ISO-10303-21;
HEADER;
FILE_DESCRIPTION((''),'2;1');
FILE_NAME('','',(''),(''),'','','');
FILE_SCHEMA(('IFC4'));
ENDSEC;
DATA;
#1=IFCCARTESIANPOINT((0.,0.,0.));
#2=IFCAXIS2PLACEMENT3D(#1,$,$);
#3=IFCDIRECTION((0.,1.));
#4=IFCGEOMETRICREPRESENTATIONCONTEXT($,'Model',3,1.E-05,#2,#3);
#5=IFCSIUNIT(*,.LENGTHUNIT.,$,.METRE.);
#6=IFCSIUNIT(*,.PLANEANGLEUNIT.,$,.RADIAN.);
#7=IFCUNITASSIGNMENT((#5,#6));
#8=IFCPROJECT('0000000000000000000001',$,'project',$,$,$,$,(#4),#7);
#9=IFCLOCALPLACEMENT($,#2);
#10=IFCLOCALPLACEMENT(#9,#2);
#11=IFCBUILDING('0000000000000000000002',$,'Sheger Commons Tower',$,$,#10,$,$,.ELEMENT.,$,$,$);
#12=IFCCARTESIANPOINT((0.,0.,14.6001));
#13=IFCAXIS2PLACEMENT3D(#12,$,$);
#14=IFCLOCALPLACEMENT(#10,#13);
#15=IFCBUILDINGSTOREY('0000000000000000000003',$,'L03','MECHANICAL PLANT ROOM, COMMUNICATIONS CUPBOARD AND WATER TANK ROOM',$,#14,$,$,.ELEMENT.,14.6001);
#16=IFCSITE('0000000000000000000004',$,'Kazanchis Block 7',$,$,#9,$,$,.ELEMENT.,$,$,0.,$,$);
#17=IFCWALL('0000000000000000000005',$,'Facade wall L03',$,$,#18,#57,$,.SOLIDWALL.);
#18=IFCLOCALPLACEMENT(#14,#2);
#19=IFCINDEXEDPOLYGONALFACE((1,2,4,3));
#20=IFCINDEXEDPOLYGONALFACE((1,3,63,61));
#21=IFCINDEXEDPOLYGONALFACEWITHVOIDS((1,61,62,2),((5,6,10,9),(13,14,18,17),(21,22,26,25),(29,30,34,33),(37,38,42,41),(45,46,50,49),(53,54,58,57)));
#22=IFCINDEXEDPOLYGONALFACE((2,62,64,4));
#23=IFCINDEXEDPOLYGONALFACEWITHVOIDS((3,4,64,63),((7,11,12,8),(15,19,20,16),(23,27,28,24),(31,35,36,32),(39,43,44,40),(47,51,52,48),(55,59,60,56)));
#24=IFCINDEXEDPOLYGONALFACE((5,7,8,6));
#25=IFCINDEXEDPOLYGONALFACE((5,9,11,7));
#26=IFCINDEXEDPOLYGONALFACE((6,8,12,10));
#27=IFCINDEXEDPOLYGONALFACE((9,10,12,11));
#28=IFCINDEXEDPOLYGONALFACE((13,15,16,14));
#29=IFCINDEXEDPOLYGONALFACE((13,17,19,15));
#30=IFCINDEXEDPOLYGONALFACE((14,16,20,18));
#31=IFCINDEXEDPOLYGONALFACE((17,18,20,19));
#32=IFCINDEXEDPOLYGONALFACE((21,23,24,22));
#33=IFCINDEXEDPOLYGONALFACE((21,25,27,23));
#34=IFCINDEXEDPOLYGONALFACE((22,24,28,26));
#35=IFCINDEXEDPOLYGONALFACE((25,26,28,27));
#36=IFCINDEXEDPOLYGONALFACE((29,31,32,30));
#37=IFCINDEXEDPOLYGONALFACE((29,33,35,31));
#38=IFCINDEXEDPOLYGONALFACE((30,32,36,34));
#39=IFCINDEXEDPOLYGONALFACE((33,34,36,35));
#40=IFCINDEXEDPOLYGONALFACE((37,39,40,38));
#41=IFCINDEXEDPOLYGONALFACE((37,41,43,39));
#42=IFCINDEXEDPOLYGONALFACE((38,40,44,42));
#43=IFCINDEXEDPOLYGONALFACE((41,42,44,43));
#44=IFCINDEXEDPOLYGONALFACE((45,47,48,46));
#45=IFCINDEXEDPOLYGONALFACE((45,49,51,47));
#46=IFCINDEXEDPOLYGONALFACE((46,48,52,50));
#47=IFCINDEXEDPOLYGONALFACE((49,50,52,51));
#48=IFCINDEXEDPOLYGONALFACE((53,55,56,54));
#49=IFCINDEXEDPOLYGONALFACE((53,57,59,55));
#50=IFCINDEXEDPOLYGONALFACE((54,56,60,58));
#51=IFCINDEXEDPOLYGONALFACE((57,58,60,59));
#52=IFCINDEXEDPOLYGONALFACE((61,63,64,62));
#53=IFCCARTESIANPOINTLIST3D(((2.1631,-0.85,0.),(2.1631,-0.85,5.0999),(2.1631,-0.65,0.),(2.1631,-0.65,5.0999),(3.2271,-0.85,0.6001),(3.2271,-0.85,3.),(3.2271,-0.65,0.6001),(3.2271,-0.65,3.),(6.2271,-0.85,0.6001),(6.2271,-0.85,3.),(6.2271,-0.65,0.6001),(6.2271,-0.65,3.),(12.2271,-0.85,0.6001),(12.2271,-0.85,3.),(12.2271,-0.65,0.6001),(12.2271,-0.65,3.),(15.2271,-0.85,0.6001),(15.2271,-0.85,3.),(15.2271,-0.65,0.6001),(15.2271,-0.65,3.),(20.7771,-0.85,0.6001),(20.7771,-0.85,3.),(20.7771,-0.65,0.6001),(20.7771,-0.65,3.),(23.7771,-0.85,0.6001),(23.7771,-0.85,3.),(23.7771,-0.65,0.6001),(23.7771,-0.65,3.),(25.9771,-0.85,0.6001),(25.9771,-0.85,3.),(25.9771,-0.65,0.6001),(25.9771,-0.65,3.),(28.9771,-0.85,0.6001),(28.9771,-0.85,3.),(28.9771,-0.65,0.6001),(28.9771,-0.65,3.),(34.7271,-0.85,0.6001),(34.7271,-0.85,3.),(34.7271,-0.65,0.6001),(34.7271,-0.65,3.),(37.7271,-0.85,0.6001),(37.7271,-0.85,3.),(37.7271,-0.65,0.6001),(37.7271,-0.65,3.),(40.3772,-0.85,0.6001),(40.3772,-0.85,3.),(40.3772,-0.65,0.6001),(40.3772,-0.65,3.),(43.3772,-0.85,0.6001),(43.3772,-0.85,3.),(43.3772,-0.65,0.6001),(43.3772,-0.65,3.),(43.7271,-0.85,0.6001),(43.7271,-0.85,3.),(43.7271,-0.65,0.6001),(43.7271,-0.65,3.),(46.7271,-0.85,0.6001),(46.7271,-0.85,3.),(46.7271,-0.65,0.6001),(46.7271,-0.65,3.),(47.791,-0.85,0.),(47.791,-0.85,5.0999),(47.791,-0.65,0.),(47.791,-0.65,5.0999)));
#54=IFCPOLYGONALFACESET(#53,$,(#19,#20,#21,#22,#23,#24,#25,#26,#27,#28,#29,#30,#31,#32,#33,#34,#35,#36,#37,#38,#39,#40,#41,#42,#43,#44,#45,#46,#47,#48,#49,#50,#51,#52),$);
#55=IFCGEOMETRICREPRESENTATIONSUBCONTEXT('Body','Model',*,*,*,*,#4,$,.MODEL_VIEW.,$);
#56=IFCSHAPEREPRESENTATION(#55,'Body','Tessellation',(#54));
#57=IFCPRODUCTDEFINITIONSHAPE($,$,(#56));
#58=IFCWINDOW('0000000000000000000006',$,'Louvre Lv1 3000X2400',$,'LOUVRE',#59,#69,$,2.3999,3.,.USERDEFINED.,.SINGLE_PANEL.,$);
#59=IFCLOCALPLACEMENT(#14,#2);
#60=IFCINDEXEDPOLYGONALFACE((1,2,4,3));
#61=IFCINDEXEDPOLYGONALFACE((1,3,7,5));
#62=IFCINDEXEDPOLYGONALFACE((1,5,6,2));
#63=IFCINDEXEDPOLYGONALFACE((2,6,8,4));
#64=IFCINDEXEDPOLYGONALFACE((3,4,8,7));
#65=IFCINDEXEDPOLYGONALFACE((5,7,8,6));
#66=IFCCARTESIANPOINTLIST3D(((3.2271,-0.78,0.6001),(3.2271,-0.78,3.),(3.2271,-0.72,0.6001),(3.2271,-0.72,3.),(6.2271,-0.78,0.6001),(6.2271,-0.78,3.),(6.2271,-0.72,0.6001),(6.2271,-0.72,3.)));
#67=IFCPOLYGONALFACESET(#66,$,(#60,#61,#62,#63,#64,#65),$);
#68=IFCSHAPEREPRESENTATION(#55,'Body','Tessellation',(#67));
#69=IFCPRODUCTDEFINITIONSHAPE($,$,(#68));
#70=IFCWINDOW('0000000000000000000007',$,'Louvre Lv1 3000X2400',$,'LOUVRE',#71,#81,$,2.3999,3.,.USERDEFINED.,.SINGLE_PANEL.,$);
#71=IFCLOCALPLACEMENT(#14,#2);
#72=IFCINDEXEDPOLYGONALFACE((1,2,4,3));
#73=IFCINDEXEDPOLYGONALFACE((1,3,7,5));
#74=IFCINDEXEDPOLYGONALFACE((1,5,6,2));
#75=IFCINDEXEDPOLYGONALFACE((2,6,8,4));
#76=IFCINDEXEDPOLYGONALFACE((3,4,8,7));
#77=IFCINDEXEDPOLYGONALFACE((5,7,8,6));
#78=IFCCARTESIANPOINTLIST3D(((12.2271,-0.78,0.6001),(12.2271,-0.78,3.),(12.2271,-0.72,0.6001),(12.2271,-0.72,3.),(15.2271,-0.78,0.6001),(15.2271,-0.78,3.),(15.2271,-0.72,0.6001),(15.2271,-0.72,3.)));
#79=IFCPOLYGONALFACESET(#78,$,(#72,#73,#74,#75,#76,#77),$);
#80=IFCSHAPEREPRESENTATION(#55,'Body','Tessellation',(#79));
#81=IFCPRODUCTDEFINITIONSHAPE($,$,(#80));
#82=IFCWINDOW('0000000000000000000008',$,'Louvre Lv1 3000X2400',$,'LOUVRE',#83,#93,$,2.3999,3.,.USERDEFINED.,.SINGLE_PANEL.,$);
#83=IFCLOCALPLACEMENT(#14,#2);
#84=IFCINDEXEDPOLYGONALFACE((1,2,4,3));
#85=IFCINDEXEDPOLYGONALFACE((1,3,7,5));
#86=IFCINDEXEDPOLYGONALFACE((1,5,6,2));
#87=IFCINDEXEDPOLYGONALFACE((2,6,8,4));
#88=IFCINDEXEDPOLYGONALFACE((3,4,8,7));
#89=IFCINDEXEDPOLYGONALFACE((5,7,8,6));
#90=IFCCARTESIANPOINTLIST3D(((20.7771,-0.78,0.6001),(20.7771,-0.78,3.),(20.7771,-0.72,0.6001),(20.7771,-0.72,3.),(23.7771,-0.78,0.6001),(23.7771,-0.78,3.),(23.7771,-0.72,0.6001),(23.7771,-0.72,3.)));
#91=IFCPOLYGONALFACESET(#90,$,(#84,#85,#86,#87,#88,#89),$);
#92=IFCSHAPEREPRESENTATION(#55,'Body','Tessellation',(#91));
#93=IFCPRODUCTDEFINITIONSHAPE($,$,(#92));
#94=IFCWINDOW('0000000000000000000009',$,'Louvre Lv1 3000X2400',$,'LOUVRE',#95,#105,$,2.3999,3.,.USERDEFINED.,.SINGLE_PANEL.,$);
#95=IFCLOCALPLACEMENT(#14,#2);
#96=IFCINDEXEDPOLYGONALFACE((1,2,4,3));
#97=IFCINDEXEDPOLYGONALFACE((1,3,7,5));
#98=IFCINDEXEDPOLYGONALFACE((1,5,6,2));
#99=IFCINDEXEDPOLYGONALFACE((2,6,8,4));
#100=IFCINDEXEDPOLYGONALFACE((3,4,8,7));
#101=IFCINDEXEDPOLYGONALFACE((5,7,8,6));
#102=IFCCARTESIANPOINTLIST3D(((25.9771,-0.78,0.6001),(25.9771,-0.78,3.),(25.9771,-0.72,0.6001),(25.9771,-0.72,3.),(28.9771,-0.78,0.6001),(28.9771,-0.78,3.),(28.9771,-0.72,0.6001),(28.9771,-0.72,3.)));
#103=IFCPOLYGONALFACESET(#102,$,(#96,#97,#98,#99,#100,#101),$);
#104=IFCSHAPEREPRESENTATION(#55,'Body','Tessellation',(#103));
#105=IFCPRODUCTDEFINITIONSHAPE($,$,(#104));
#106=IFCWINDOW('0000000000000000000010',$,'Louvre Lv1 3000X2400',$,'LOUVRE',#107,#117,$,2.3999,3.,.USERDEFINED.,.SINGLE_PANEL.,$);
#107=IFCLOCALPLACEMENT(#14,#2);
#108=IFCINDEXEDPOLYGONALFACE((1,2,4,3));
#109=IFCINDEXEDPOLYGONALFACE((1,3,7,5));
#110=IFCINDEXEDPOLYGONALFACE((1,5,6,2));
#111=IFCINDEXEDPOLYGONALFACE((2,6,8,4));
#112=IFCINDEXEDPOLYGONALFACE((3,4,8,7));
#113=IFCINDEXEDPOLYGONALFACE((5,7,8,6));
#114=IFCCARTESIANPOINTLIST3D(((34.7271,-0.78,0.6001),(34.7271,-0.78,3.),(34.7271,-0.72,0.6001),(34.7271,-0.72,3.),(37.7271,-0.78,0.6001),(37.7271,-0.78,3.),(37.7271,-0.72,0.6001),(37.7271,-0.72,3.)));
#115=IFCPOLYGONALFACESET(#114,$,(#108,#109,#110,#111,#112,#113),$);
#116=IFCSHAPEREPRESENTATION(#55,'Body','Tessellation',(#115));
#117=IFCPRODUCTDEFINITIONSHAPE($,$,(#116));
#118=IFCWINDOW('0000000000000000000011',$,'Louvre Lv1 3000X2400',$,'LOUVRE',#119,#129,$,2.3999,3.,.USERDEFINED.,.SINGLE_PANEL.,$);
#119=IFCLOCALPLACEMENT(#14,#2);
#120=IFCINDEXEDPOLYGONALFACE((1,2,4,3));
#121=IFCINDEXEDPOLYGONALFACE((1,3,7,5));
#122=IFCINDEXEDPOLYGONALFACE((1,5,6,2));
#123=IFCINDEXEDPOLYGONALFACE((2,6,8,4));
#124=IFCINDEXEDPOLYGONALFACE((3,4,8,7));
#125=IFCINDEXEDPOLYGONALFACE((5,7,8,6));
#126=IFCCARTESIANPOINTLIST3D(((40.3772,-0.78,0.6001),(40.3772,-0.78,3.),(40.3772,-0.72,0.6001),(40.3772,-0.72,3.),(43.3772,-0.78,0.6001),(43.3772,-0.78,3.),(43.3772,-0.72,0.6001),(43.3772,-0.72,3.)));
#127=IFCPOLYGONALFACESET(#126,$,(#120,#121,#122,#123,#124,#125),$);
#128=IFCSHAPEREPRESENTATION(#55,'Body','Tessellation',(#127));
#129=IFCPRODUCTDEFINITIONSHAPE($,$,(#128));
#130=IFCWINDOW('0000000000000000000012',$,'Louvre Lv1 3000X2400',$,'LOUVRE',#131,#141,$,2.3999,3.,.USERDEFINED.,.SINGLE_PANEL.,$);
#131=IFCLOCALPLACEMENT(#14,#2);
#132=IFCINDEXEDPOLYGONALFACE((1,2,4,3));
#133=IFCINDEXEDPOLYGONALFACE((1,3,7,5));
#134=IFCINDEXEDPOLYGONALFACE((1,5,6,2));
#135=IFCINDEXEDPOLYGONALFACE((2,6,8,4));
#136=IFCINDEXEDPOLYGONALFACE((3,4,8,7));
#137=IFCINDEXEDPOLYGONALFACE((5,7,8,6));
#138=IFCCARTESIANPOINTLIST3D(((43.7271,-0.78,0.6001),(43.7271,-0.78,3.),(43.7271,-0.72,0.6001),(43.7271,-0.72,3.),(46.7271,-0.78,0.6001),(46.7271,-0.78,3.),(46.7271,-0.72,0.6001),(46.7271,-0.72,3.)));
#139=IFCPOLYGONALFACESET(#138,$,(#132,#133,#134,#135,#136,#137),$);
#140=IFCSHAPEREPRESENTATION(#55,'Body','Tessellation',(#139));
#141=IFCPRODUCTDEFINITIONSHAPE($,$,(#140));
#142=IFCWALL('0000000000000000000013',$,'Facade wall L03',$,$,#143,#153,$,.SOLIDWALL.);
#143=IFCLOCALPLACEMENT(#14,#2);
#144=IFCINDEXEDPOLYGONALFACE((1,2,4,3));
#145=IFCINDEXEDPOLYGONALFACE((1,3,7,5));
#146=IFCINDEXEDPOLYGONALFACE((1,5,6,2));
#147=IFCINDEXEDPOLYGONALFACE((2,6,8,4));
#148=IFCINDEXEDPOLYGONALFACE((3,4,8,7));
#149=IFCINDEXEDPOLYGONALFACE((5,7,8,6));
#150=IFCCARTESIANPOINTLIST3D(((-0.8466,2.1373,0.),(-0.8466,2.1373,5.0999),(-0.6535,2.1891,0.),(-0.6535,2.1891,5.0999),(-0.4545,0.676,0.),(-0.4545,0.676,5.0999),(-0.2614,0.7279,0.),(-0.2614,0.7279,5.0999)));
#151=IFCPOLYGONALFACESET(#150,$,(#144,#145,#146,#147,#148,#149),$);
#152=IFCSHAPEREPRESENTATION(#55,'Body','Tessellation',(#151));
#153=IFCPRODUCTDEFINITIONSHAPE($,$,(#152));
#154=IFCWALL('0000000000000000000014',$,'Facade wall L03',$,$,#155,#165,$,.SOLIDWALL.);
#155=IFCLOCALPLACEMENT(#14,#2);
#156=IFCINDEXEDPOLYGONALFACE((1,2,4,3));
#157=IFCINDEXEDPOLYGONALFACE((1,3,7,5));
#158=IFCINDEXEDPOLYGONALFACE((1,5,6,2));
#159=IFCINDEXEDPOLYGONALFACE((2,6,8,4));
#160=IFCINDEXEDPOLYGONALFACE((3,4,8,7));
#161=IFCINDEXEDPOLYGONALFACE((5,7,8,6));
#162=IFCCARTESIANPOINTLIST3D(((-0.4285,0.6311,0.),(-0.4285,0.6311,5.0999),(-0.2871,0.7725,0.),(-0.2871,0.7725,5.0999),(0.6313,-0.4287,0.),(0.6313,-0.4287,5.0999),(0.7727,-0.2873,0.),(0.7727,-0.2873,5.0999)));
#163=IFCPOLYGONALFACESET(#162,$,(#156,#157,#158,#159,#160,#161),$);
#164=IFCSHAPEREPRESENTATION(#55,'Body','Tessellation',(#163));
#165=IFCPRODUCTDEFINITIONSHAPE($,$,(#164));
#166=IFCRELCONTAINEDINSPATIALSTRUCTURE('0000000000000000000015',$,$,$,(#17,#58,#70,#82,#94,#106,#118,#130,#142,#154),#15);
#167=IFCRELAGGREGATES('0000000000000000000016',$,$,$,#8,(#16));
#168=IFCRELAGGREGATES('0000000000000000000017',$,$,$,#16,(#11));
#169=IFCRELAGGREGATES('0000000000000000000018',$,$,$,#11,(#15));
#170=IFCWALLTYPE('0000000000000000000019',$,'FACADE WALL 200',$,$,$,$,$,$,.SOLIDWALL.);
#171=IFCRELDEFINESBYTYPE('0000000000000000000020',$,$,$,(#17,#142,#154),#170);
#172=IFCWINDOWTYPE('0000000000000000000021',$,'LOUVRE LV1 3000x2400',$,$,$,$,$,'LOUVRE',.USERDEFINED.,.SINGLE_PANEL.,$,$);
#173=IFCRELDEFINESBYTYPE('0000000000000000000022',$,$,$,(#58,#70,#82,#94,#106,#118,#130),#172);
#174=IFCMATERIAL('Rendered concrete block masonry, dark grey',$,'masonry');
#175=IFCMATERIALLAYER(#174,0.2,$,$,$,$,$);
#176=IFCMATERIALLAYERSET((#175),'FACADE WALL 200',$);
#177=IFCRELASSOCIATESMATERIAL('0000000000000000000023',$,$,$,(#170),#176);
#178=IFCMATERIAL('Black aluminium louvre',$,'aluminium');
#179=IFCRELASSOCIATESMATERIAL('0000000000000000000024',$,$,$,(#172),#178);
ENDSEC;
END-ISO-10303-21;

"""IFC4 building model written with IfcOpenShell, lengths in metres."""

from ifc_helpers import new_model, si_unit, direction, frame, frame_2d, origin, place, context, subcontext, project, spatial, rectangle, extrude, material, layer, layer_set, type_object, element, fill, save


model = new_model("IFC4")

# Units and contexts
model_context = context("Model", 3, precision=1e-05, world=origin(), true_north=direction((0.0, 1.0)))
body_context = subcontext(model_context, "Body", "Model", "MODEL_VIEW")
ifc_project = project(units=[si_unit("LENGTHUNIT", "METRE"), si_unit("PLANEANGLEUNIT", "RADIAN")], contexts=[model_context])

# Site, building, storey
site_placement = place(None, origin())
site = spatial("IfcSite", under=ifc_project, at=site_placement, Name="Kazanchis Block 7", CompositionType="ELEMENT", RefElevation=0.0)
building_placement = place(site_placement, origin())
building = spatial("IfcBuilding", under=site, at=building_placement, Name="Sheger Commons Tower", CompositionType="ELEMENT")
storey_placement = place(building_placement, frame((0.0, 0.0, 14.6001)))
storey = spatial("IfcBuildingStorey", under=building, at=storey_placement, Name="L03", Description="MECHANICAL PLANT ROOM, COMMUNICATIONS CUPBOARD AND WATER TANK ROOM", CompositionType="ELEMENT", Elevation=14.6001)

# Wall, openings, windows
ifc_material_1 = material(Name="Rendered concrete block masonry, dark grey", Category="masonry")
ifc_layer_1 = layer(ifc_material_1, 0.2)
ifc_layer_set_1 = layer_set([ifc_layer_1], Name="FACADE WALL 200")
wall_type = type_object("IfcWallType", Name="FACADE WALL 200", PredefinedType="SOLIDWALL", material=ifc_layer_set_1)
wall_1_placement = place(storey_placement, frame((2.1631, -0.75, 0.0), z_axis=(0.0, 0.0, 1.0), x_axis=(1.0, 0.0, 0.0)))
wall_1 = element("IfcWall", 1, at=wall_1_placement, inside=storey, type_object=wall_type, Name="Facade wall L03", PredefinedType="SOLIDWALL", context=body_context, shape_type="SweptSolid", body=[
    extrude(rectangle(XDim=45.6279, YDim=0.2, at=frame_2d((22.814, 0.0))), origin(), (0.0, 0.0, 1.0), 5.0999),
])
opening_1_placement = place(wall_1_placement, frame((1.064, 0.0, 0.6001)))
opening_1 = element("IfcOpeningElement", 2, at=opening_1_placement, cuts=wall_1, PredefinedType="OPENING", context=body_context, shape_type="SweptSolid", body=[
    extrude(rectangle(XDim=3.0, YDim=2.3999, at=frame_2d((1.5, 1.2))), frame((0.0, 0.1099, 0.0), z_axis=(0.0, -1.0, 0.0), x_axis=(1.0, 0.0, 0.0)), (0.0, 0.0, 1.0), 0.22),
])
opening_2_placement = place(wall_1_placement, frame((10.064, 0.0, 0.6001)))
opening_2 = element("IfcOpeningElement", 3, at=opening_2_placement, cuts=wall_1, PredefinedType="OPENING", context=body_context, shape_type="SweptSolid", body=[
    extrude(rectangle(XDim=3.0, YDim=2.3999, at=frame_2d((1.5, 1.2))), frame((0.0, 0.1099, 0.0), z_axis=(0.0, -1.0, 0.0), x_axis=(1.0, 0.0, 0.0)), (0.0, 0.0, 1.0), 0.22),
])
opening_3_placement = place(wall_1_placement, frame((18.614, 0.0, 0.6001)))
opening_3 = element("IfcOpeningElement", 4, at=opening_3_placement, cuts=wall_1, PredefinedType="OPENING", context=body_context, shape_type="SweptSolid", body=[
    extrude(rectangle(XDim=3.0, YDim=2.3999, at=frame_2d((1.5, 1.2))), frame((0.0, 0.1099, 0.0), z_axis=(0.0, -1.0, 0.0), x_axis=(1.0, 0.0, 0.0)), (0.0, 0.0, 1.0), 0.22),
])
opening_4_placement = place(wall_1_placement, frame((23.814, 0.0, 0.6001)))
opening_4 = element("IfcOpeningElement", 5, at=opening_4_placement, cuts=wall_1, PredefinedType="OPENING", context=body_context, shape_type="SweptSolid", body=[
    extrude(rectangle(XDim=3.0, YDim=2.3999, at=frame_2d((1.5, 1.2))), frame((0.0, 0.1099, 0.0), z_axis=(0.0, -1.0, 0.0), x_axis=(1.0, 0.0, 0.0)), (0.0, 0.0, 1.0), 0.22),
])
opening_5_placement = place(wall_1_placement, frame((32.564, 0.0, 0.6001)))
opening_5 = element("IfcOpeningElement", 6, at=opening_5_placement, cuts=wall_1, PredefinedType="OPENING", context=body_context, shape_type="SweptSolid", body=[
    extrude(rectangle(XDim=3.0, YDim=2.3999, at=frame_2d((1.5, 1.2))), frame((0.0, 0.1099, 0.0), z_axis=(0.0, -1.0, 0.0), x_axis=(1.0, 0.0, 0.0)), (0.0, 0.0, 1.0), 0.22),
])
opening_6_placement = place(wall_1_placement, frame((38.2141, 0.0, 0.6001)))
opening_6 = element("IfcOpeningElement", 7, at=opening_6_placement, cuts=wall_1, PredefinedType="OPENING", context=body_context, shape_type="SweptSolid", body=[
    extrude(rectangle(XDim=3.0, YDim=2.3999, at=frame_2d((1.5, 1.2))), frame((0.0, 0.1099, 0.0), z_axis=(0.0, -1.0, 0.0), x_axis=(1.0, 0.0, 0.0)), (0.0, 0.0, 1.0), 0.22),
])
opening_7_placement = place(wall_1_placement, frame((41.564, 0.0, 0.6001)))
opening_7 = element("IfcOpeningElement", 8, at=opening_7_placement, cuts=wall_1, PredefinedType="OPENING", context=body_context, shape_type="SweptSolid", body=[
    extrude(rectangle(XDim=3.0, YDim=2.3999, at=frame_2d((1.5, 1.2))), frame((0.0, 0.1099, 0.0), z_axis=(0.0, -1.0, 0.0), x_axis=(1.0, 0.0, 0.0)), (0.0, 0.0, 1.0), 0.22),
])
ifc_material_2 = material(Name="Black aluminium louvre", Category="aluminium")
window_type = type_object("IfcWindowType", Name="LOUVRE LV1 3000x2400", ElementType="LOUVRE", PartitioningType="SINGLE_PANEL", PredefinedType="USERDEFINED", material=ifc_material_2)
window_1_placement = place(opening_1_placement, origin())
window_1 = element("IfcWindow", 9, at=window_1_placement, inside=storey, type_object=window_type, Name="Louvre Lv1 3000X2400", ObjectType="LOUVRE", OverallHeight=2.3999, OverallWidth=3.0, PartitioningType="SINGLE_PANEL", PredefinedType="USERDEFINED", context=body_context, shape_type="SweptSolid", body=[
    extrude(rectangle(XDim=3.0, YDim=2.3999, at=frame_2d((1.5, 1.2))), frame((0.0, 0.03, 0.0), z_axis=(0.0, -1.0, 0.0), x_axis=(1.0, 0.0, 0.0)), (0.0, 0.0, 1.0), 0.0601),
])
fill(opening_1, window_1)
window_2_placement = place(opening_2_placement, origin())
window_2 = element("IfcWindow", 10, at=window_2_placement, inside=storey, type_object=window_type, Name="Louvre Lv1 3000X2400", ObjectType="LOUVRE", OverallHeight=2.3999, OverallWidth=3.0, PartitioningType="SINGLE_PANEL", PredefinedType="USERDEFINED", context=body_context, shape_type="SweptSolid", body=[
    extrude(rectangle(XDim=3.0, YDim=2.3999, at=frame_2d((1.5, 1.2))), frame((0.0, 0.03, 0.0), z_axis=(0.0, -1.0, 0.0), x_axis=(1.0, 0.0, 0.0)), (0.0, 0.0, 1.0), 0.0601),
])
fill(opening_2, window_2)
window_3_placement = place(opening_3_placement, origin())
window_3 = element("IfcWindow", 11, at=window_3_placement, inside=storey, type_object=window_type, Name="Louvre Lv1 3000X2400", ObjectType="LOUVRE", OverallHeight=2.3999, OverallWidth=3.0, PartitioningType="SINGLE_PANEL", PredefinedType="USERDEFINED", context=body_context, shape_type="SweptSolid", body=[
    extrude(rectangle(XDim=3.0, YDim=2.3999, at=frame_2d((1.5, 1.2))), frame((0.0, 0.03, 0.0), z_axis=(0.0, -1.0, 0.0), x_axis=(1.0, 0.0, 0.0)), (0.0, 0.0, 1.0), 0.0601),
])
fill(opening_3, window_3)
window_4_placement = place(opening_4_placement, origin())
window_4 = element("IfcWindow", 12, at=window_4_placement, inside=storey, type_object=window_type, Name="Louvre Lv1 3000X2400", ObjectType="LOUVRE", OverallHeight=2.3999, OverallWidth=3.0, PartitioningType="SINGLE_PANEL", PredefinedType="USERDEFINED", context=body_context, shape_type="SweptSolid", body=[
    extrude(rectangle(XDim=3.0, YDim=2.3999, at=frame_2d((1.5, 1.2))), frame((0.0, 0.03, 0.0), z_axis=(0.0, -1.0, 0.0), x_axis=(1.0, 0.0, 0.0)), (0.0, 0.0, 1.0), 0.0601),
])
fill(opening_4, window_4)
window_5_placement = place(opening_5_placement, origin())
window_5 = element("IfcWindow", 13, at=window_5_placement, inside=storey, type_object=window_type, Name="Louvre Lv1 3000X2400", ObjectType="LOUVRE", OverallHeight=2.3999, OverallWidth=3.0, PartitioningType="SINGLE_PANEL", PredefinedType="USERDEFINED", context=body_context, shape_type="SweptSolid", body=[
    extrude(rectangle(XDim=3.0, YDim=2.3999, at=frame_2d((1.5, 1.2))), frame((0.0, 0.03, 0.0), z_axis=(0.0, -1.0, 0.0), x_axis=(1.0, 0.0, 0.0)), (0.0, 0.0, 1.0), 0.0601),
])
fill(opening_5, window_5)
window_6_placement = place(opening_6_placement, origin())
window_6 = element("IfcWindow", 14, at=window_6_placement, inside=storey, type_object=window_type, Name="Louvre Lv1 3000X2400", ObjectType="LOUVRE", OverallHeight=2.3999, OverallWidth=3.0, PartitioningType="SINGLE_PANEL", PredefinedType="USERDEFINED", context=body_context, shape_type="SweptSolid", body=[
    extrude(rectangle(XDim=3.0, YDim=2.3999, at=frame_2d((1.5, 1.2))), frame((0.0, 0.03, 0.0), z_axis=(0.0, -1.0, 0.0), x_axis=(1.0, 0.0, 0.0)), (0.0, 0.0, 1.0), 0.0601),
])
fill(opening_6, window_6)
window_7_placement = place(opening_7_placement, origin())
window_7 = element("IfcWindow", 15, at=window_7_placement, inside=storey, type_object=window_type, Name="Louvre Lv1 3000X2400", ObjectType="LOUVRE", OverallHeight=2.3999, OverallWidth=3.0, PartitioningType="SINGLE_PANEL", PredefinedType="USERDEFINED", context=body_context, shape_type="SweptSolid", body=[
    extrude(rectangle(XDim=3.0, YDim=2.3999, at=frame_2d((1.5, 1.2))), frame((0.0, 0.03, 0.0), z_axis=(0.0, -1.0, 0.0), x_axis=(1.0, 0.0, 0.0)), (0.0, 0.0, 1.0), 0.0601),
])
fill(opening_7, window_7)

# Walls
wall_2_placement = place(storey_placement, frame((-0.75, 2.1631, 0.0), z_axis=(0.0, 0.0, 1.0), x_axis=(0.259169, -0.965832, 0.0)))
element("IfcWall", 16, at=wall_2_placement, inside=storey, type_object=wall_type, Name="Facade wall L03", PredefinedType="SOLIDWALL", context=body_context, shape_type="SweptSolid", body=[
    extrude(rectangle(XDim=1.5129, YDim=0.2, at=frame_2d((0.7563, 0.0))), origin(), (0.0, 0.0, 1.0), 5.0999),
])
wall_3_placement = place(storey_placement, frame((-0.3579, 0.7019, 0.0), z_axis=(0.0, 0.0, 1.0), x_axis=(0.707107, -0.707107, 0.0)))
element("IfcWall", 17, at=wall_3_placement, inside=storey, type_object=wall_type, Name="Facade wall L03", PredefinedType="SOLIDWALL", context=body_context, shape_type="SweptSolid", body=[
    extrude(rectangle(XDim=1.4988, YDim=0.2, at=frame_2d((0.7495, 0.0))), origin(), (0.0, 0.0, 1.0), 5.0999),
])

save(model, "model.ifc")
